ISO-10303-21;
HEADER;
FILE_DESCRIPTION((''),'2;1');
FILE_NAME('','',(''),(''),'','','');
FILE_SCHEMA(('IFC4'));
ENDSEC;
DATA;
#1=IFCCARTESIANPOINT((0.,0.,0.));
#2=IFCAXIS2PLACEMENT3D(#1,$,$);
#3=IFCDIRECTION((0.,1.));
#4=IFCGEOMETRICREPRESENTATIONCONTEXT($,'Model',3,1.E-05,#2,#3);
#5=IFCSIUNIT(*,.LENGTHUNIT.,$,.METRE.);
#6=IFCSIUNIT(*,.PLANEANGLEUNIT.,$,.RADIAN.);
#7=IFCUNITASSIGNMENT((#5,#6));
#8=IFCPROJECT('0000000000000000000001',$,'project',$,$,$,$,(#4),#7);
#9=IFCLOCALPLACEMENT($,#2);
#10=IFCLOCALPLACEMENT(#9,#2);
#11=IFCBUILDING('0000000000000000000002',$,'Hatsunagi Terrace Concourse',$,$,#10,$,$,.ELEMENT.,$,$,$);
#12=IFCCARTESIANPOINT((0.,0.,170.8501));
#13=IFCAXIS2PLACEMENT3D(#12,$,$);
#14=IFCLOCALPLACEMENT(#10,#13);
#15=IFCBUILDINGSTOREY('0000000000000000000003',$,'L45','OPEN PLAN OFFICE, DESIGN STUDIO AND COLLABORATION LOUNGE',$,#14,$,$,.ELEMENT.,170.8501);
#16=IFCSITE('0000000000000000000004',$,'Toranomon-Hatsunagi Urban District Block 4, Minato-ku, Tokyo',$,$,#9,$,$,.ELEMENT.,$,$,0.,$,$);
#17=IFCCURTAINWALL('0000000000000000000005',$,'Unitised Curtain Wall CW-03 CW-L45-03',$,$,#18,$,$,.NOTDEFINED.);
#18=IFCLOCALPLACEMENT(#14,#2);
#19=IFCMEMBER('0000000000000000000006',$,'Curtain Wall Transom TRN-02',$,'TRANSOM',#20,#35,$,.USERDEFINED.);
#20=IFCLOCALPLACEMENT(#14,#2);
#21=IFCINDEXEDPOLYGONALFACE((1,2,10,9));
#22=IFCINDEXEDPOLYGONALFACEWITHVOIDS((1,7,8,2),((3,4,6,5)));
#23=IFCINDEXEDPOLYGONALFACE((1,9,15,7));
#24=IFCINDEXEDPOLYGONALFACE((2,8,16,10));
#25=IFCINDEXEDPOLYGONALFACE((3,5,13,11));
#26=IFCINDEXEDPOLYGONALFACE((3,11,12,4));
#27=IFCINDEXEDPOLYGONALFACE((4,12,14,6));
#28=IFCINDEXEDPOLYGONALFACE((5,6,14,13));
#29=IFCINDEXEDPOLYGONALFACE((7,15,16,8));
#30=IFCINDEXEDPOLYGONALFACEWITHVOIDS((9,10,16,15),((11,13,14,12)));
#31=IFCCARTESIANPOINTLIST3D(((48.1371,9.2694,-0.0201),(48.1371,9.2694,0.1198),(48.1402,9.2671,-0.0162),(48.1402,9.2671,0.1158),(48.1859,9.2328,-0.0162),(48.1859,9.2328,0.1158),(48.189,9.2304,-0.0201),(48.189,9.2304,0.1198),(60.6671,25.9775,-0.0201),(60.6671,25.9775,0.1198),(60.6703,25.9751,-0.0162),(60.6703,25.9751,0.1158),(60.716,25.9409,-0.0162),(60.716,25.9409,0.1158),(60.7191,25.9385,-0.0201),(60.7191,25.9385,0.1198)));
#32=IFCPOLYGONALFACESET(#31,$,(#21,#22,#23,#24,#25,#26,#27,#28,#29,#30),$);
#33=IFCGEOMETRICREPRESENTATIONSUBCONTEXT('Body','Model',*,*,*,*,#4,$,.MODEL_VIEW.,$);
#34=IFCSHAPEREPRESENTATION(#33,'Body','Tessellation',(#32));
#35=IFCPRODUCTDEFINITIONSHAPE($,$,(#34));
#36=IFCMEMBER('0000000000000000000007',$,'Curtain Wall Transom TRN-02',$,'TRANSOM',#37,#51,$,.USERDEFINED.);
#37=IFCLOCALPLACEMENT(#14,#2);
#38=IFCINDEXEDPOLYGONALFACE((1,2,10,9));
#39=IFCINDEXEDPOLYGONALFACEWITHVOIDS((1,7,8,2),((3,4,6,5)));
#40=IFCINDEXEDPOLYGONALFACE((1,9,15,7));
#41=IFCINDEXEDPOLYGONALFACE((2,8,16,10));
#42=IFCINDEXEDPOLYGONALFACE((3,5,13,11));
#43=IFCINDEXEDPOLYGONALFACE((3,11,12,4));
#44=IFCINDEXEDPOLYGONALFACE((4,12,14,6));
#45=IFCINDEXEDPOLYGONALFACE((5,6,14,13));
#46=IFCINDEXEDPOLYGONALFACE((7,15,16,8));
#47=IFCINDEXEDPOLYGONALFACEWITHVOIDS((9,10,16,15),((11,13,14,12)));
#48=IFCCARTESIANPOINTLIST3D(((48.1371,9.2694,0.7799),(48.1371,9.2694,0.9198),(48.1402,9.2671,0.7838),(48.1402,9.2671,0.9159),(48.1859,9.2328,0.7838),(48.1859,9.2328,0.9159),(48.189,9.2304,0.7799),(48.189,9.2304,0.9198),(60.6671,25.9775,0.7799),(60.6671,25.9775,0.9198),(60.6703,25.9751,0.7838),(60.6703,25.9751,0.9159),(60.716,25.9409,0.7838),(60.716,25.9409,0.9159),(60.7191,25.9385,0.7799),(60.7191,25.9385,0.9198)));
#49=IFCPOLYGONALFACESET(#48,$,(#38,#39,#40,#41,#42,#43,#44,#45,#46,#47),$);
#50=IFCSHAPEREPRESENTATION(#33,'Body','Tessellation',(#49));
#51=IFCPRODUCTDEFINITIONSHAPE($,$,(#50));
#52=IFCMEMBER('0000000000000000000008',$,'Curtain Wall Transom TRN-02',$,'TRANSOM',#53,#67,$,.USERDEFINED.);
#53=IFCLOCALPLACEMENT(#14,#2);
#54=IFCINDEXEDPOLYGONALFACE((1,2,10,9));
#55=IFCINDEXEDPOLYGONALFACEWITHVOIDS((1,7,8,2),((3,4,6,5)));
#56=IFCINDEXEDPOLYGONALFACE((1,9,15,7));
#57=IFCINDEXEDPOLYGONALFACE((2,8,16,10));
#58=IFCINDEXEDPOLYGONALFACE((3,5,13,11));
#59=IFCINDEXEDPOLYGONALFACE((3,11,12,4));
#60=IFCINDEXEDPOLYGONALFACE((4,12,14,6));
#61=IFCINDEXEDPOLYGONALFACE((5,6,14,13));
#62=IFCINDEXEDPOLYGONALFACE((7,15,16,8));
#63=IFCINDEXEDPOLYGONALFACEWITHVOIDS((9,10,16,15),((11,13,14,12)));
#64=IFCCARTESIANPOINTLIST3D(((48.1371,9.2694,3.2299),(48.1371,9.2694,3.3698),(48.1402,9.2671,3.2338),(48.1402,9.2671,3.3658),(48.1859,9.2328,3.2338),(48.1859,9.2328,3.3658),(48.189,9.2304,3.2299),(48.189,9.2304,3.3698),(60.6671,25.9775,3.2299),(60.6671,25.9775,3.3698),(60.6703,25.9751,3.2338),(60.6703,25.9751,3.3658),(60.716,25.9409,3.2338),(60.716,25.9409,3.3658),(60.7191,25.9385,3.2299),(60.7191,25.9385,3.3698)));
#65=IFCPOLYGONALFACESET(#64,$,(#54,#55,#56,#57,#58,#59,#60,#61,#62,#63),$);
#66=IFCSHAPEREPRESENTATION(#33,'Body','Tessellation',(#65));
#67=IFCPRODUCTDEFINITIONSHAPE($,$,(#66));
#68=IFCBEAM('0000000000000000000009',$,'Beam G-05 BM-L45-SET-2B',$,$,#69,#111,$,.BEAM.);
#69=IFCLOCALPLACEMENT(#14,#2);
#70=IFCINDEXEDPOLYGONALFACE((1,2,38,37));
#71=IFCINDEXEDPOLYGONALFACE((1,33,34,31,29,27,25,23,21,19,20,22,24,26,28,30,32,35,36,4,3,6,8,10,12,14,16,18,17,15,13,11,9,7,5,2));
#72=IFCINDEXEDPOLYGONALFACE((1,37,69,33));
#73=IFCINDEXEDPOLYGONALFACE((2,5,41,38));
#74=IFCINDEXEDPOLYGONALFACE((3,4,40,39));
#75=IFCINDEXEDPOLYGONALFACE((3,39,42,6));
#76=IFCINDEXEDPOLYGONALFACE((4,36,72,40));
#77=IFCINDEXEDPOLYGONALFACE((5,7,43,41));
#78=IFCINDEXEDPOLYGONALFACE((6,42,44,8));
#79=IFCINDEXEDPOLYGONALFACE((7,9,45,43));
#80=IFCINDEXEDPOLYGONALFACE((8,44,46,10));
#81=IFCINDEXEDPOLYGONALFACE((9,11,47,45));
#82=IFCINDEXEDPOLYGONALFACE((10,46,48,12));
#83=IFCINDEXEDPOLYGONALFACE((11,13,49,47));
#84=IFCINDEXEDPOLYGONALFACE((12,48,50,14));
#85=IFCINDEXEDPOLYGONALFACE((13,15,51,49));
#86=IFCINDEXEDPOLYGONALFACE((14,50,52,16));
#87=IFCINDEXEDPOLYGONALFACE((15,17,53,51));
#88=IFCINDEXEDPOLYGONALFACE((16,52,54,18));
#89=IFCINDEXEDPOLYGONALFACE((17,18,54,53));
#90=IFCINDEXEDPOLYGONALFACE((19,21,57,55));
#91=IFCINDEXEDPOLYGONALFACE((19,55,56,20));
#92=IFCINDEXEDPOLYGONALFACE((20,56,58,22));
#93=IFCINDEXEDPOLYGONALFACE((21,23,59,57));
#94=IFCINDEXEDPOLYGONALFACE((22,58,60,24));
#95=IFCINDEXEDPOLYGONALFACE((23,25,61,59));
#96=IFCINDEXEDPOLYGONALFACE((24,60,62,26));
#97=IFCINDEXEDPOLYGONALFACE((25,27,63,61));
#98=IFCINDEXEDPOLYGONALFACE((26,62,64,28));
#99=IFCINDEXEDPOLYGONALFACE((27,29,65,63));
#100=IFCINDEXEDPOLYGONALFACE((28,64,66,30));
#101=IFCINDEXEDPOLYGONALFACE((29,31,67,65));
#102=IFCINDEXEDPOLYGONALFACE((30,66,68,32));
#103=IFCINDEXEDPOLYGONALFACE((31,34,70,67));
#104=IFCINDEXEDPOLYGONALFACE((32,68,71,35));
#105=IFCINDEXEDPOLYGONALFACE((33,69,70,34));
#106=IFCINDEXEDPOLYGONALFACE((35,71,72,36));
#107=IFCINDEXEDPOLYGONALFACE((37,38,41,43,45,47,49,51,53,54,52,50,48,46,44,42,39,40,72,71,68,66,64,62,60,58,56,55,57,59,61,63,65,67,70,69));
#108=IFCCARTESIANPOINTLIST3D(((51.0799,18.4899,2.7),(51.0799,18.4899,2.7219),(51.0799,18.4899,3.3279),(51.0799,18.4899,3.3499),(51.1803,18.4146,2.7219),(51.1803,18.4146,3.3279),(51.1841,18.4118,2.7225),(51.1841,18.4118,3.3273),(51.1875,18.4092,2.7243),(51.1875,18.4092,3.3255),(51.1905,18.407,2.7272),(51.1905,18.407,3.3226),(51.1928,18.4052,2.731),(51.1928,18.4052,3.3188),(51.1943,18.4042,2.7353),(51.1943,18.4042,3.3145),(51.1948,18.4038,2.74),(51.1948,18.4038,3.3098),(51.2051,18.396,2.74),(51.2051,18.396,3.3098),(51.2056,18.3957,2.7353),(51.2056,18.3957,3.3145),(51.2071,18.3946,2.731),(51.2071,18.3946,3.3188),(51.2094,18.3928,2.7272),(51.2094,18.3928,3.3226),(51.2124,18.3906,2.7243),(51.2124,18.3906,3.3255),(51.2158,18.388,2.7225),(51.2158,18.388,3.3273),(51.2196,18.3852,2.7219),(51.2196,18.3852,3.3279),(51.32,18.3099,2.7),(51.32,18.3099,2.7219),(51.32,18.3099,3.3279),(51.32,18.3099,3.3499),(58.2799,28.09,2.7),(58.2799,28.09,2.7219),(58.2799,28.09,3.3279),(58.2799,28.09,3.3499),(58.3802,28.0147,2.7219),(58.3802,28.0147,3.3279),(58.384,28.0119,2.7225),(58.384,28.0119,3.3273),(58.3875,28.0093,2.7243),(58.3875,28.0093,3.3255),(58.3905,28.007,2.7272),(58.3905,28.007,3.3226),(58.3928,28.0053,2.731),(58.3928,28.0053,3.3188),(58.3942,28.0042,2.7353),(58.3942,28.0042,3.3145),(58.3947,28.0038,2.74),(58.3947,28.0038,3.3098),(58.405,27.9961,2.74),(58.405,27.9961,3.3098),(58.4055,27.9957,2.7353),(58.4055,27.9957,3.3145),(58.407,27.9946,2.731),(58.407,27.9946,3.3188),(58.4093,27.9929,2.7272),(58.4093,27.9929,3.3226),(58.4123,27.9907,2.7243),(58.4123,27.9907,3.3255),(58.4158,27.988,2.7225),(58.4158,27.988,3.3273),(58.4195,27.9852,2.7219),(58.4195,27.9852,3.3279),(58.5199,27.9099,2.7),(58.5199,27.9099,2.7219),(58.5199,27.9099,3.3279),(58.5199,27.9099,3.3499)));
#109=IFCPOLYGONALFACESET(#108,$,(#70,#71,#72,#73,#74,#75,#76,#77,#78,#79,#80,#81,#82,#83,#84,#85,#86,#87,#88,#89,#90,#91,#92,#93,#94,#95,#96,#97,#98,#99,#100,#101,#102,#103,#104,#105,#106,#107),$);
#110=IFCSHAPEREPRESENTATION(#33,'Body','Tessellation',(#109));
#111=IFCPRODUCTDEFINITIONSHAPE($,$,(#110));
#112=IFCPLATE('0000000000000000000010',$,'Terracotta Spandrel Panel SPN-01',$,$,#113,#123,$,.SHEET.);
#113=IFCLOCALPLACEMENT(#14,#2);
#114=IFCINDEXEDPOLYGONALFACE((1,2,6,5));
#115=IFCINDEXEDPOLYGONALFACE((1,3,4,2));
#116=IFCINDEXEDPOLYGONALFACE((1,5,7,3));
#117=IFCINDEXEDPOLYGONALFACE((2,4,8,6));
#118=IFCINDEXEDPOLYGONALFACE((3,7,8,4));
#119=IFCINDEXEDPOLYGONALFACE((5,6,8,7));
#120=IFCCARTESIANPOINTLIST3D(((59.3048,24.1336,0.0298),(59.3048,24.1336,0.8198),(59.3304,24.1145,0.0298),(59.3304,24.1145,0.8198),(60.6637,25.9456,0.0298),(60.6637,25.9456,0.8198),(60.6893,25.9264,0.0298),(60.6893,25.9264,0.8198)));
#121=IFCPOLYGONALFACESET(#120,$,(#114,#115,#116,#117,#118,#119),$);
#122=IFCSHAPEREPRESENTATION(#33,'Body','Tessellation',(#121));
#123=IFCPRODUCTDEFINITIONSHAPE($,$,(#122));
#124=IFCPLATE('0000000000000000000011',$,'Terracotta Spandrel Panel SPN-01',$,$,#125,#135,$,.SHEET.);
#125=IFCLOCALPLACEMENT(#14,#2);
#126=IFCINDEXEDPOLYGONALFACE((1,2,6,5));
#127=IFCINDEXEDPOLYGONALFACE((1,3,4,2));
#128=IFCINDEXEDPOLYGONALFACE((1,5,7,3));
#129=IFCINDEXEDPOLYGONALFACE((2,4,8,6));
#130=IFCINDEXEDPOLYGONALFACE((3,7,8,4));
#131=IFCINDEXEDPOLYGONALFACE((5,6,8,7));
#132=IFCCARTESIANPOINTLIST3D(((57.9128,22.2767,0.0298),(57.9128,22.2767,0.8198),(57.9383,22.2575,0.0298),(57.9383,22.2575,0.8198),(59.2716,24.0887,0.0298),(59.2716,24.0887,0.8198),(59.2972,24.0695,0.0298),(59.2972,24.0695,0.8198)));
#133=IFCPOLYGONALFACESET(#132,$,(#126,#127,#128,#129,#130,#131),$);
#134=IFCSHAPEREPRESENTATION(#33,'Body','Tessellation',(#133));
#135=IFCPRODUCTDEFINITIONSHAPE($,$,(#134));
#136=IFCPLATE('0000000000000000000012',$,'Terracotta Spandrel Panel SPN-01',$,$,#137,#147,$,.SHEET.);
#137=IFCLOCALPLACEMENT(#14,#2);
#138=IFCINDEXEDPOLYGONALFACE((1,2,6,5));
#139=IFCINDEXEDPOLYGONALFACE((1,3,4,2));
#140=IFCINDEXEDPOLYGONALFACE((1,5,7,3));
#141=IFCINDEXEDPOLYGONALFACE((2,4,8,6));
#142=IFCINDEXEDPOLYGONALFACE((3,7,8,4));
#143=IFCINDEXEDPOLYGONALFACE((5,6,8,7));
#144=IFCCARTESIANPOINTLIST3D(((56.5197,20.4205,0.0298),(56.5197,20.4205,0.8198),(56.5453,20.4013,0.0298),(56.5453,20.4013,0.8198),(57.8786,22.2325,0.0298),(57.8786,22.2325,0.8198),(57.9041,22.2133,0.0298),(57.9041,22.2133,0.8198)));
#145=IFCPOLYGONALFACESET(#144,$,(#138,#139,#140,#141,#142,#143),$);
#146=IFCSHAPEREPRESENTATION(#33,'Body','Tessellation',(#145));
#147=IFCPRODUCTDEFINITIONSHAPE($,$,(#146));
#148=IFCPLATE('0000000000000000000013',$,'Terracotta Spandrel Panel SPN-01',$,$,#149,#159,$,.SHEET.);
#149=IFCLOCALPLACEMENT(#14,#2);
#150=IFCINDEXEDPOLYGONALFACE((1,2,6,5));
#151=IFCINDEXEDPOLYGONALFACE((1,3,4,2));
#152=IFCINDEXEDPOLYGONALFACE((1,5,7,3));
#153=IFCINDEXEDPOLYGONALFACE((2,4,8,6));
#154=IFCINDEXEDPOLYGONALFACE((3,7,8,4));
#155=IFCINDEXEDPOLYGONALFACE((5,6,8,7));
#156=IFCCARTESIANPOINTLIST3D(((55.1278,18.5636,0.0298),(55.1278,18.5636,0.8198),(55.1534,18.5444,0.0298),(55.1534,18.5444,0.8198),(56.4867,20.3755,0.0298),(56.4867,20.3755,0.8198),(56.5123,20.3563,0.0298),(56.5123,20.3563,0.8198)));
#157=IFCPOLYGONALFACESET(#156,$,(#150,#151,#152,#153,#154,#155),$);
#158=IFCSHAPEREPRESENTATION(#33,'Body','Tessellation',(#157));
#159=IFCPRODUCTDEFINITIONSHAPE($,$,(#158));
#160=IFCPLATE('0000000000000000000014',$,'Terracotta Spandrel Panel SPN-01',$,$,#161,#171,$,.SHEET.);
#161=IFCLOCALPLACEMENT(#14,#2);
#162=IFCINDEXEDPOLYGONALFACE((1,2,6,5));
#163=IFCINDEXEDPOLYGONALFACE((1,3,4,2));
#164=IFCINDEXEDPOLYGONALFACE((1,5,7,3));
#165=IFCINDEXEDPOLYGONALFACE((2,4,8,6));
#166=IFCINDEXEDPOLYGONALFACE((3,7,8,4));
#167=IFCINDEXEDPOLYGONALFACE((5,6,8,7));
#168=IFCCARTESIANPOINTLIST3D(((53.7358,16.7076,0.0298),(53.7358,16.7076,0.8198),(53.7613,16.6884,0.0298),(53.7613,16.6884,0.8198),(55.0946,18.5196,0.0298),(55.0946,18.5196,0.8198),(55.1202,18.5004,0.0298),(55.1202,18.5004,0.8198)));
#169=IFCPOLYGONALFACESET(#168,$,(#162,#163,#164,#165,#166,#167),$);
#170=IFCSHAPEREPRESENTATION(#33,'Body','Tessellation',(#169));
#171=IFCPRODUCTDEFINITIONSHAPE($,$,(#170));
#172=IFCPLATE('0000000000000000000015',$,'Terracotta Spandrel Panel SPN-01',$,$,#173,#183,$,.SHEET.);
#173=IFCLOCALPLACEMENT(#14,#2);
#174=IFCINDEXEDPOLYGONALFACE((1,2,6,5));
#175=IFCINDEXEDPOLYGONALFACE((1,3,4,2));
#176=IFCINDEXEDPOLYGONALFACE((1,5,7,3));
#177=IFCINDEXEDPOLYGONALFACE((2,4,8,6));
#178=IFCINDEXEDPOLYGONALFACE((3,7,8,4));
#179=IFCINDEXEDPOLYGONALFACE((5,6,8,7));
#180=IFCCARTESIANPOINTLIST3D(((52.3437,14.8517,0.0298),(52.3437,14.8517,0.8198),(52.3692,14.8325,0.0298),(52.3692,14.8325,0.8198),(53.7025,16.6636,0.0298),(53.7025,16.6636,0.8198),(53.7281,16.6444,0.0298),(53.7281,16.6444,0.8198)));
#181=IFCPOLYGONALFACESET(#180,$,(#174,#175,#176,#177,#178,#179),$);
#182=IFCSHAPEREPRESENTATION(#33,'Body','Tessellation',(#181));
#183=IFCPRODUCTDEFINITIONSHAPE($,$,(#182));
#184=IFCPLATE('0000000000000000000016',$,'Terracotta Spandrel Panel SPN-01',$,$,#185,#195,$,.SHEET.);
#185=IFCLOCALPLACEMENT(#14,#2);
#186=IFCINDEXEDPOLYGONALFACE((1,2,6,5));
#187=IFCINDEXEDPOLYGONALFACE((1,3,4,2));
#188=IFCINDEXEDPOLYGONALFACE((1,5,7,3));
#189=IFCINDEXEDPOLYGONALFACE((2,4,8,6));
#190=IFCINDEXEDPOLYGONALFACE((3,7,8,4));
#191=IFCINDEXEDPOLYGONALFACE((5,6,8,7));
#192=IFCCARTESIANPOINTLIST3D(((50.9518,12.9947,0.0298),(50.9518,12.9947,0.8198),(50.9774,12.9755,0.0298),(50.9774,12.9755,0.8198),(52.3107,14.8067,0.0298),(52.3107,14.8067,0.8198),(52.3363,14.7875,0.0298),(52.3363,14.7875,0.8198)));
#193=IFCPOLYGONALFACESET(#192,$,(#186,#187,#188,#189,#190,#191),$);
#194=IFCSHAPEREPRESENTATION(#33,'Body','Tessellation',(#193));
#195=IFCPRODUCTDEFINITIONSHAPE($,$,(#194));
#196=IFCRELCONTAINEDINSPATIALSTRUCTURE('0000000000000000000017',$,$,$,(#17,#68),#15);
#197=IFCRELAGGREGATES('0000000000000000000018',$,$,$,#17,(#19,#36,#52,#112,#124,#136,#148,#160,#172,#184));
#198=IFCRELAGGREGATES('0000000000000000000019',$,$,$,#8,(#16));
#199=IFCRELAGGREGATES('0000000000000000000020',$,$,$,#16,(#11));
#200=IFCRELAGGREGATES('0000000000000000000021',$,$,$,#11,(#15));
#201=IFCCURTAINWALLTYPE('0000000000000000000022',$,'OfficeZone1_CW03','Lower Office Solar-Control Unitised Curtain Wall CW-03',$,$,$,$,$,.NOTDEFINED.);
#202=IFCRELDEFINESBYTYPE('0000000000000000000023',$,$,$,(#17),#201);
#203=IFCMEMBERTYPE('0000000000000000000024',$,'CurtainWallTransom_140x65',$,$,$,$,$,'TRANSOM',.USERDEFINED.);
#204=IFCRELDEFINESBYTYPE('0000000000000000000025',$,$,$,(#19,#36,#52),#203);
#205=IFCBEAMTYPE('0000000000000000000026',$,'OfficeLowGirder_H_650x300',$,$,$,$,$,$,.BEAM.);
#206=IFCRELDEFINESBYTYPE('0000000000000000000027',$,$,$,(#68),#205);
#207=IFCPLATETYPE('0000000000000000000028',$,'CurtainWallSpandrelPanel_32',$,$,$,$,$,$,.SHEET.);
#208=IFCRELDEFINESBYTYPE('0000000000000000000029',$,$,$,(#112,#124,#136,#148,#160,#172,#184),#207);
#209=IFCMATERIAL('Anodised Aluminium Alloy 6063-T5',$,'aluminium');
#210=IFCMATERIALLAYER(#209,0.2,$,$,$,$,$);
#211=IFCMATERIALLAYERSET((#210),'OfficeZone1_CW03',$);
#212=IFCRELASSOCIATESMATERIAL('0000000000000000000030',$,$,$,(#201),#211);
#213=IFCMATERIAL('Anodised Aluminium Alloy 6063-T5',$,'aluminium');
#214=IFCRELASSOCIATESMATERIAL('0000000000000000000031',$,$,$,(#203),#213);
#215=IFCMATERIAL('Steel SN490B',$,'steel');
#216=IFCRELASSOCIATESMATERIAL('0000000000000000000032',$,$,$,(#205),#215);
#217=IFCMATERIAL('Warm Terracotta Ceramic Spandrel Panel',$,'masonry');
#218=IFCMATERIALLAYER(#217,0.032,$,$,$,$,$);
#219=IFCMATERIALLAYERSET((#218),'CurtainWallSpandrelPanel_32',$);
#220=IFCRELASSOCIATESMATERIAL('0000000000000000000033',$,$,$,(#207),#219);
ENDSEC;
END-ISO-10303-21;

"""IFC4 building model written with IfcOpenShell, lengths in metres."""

from ifc_helpers import new_model, si_unit, direction, frame, origin, origin_2d, place, context, subcontext, project, spatial, rectangle, hollow_rectangle, i_section, extrude, material, layer, layer_set, material_profile, profile_set, type_object, element, aggregate, save


model = new_model("IFC4")

# Units and contexts
model_context = context("Model", 3, precision=1e-05, world=origin(), true_north=direction((0.0, 1.0)))
body_context = subcontext(model_context, "Body", "Model", "MODEL_VIEW")
ifc_project = project(units=[si_unit("LENGTHUNIT", "METRE"), si_unit("PLANEANGLEUNIT", "RADIAN")], contexts=[model_context])

# Site, building, storey
site_placement = place(None, origin())
site = spatial("IfcSite", under=ifc_project, at=site_placement, Name="Toranomon-Hatsunagi Urban District Block 4, Minato-ku, Tokyo", CompositionType="ELEMENT", RefElevation=0.0)
building_placement = place(site_placement, origin())
building = spatial("IfcBuilding", under=site, at=building_placement, Name="Hatsunagi Terrace Concourse", CompositionType="ELEMENT")
storey_placement = place(building_placement, frame((0.0, 0.0, 170.8501)))
storey = spatial("IfcBuildingStorey", under=building, at=storey_placement, Name="L45", Description="OPEN PLAN OFFICE, DESIGN STUDIO AND COLLABORATION LOUNGE", CompositionType="ELEMENT", Elevation=170.8501)

# Curtain wall, members
ifc_material_1 = material(Name="Anodised Aluminium Alloy 6063-T5", Category="aluminium")
ifc_layer_1 = layer(ifc_material_1, 0.2)
ifc_layer_set_1 = layer_set([ifc_layer_1], Name="OfficeZone1_CW03")
curtain_wall_type = type_object("IfcCurtainWallType", Name="OfficeZone1_CW03", Description="Lower Office Solar-Control Unitised Curtain Wall CW-03", PredefinedType="NOTDEFINED", material=ifc_layer_set_1)
curtain_wall_placement = place(storey_placement, origin())
curtain_wall = element("IfcCurtainWall", 1, at=curtain_wall_placement, inside=storey, type_object=curtain_wall_type, Name="Unitised Curtain Wall CW-03 CW-L45-03", PredefinedType="NOTDEFINED")
ifc_material_2 = material(Name="Anodised Aluminium Alloy 6063-T5", Category="aluminium")
ifc_material_profile_1 = material_profile(ifc_material_2, hollow_rectangle(XDim=0.0649, YDim=0.1399, WallThickness=0.0039, at=origin_2d()), Name="ALU-TRN-140x65x4")
ifc_profile_set_1 = profile_set([ifc_material_profile_1], Name="Anodised Aluminium Alloy 6063-T5")
member_type_1 = type_object("IfcMemberType", Name="CurtainWallTransom_140x65", ElementType="TRANSOM", PredefinedType="USERDEFINED", material=ifc_profile_set_1)
member_1_placement = place(storey_placement, frame((60.6931, 25.958, 0.0498), z_axis=(-0.59997, -0.800022, 0.0), x_axis=(0.800022, -0.59997, 0.0)))
member_1 = element("IfcMember", 2, at=member_1_placement, type_object=member_type_1, Name="Curtain Wall Transom TRN-02", ObjectType="TRANSOM", PredefinedType="USERDEFINED", context=body_context, shape_type="SweptSolid", body=[
    extrude(hollow_rectangle(XDim=0.0649, YDim=0.1399, WallThickness=0.0039, at=origin_2d()), origin(), (0.0, 0.0, 1.0), 20.8845),
])
member_2_placement = place(storey_placement, frame((60.6931, 25.958, 0.8499), z_axis=(-0.59997, -0.800022, 0.0), x_axis=(0.800022, -0.59997, 0.0)))
member_2 = element("IfcMember", 3, at=member_2_placement, type_object=member_type_1, Name="Curtain Wall Transom TRN-02", ObjectType="TRANSOM", PredefinedType="USERDEFINED", context=body_context, shape_type="SweptSolid", body=[
    extrude(hollow_rectangle(XDim=0.0649, YDim=0.1399, WallThickness=0.0039, at=origin_2d()), origin(), (0.0, 0.0, 1.0), 20.8845),
])
member_3_placement = place(storey_placement, frame((60.6931, 25.958, 3.2998), z_axis=(-0.59997, -0.800022, 0.0), x_axis=(0.800022, -0.59997, 0.0)))
member_3 = element("IfcMember", 4, at=member_3_placement, type_object=member_type_1, Name="Curtain Wall Transom TRN-02", ObjectType="TRANSOM", PredefinedType="USERDEFINED", context=body_context, shape_type="SweptSolid", body=[
    extrude(hollow_rectangle(XDim=0.0649, YDim=0.1399, WallThickness=0.0039, at=origin_2d()), origin(), (0.0, 0.0, 1.0), 20.8845),
])

# Beam
ifc_material_3 = material(Name="Steel SN490B", Category="steel")
ifc_material_profile_2 = material_profile(ifc_material_3, i_section(OverallWidth=0.3, OverallDepth=0.6499, WebThickness=0.0129, FlangeThickness=0.022, FilletRadius=0.0181, at=origin_2d()), Name="H-650x300x13x22")
ifc_profile_set_2 = profile_set([ifc_material_profile_2], Name="Steel SN490B")
beam_type = type_object("IfcBeamType", Name="OfficeLowGirder_H_650x300", PredefinedType="BEAM", material=ifc_profile_set_2)
beam_placement = place(storey_placement, frame((51.2, 18.3999, 3.0249), z_axis=(0.599993, 0.800005, 0.0), x_axis=(-0.800005, 0.599993, 0.0)))
element("IfcBeam", 5, at=beam_placement, inside=storey, type_object=beam_type, Name="Beam G-05 BM-L45-SET-2B", PredefinedType="BEAM", context=body_context, shape_type="SweptSolid", body=[
    extrude(i_section(OverallWidth=0.3, OverallDepth=0.6499, WebThickness=0.0129, FlangeThickness=0.022, FilletRadius=0.0181, at=origin_2d()), origin(), (0.0, 0.0, 1.0), 12.0),
])

# Plates
ifc_material_4 = material(Name="Warm Terracotta Ceramic Spandrel Panel", Category="masonry")
ifc_layer_2 = layer(ifc_material_4, 0.032)
ifc_layer_set_2 = layer_set([ifc_layer_2], Name="CurtainWallSpandrelPanel_32")
plate_type_1 = type_object("IfcPlateType", Name="CurtainWallSpandrelPanel_32", PredefinedType="SHEET", material=ifc_layer_set_2)
plate_1_placement = place(storey_placement, frame((59.9971, 25.03, 0.0298), z_axis=(0.0, 0.0, 1.0), x_axis=(-0.599969, -0.800023, 0.0)))
plate_1 = element("IfcPlate", 6, at=plate_1_placement, type_object=plate_type_1, Name="Terracotta Spandrel Panel SPN-01", PredefinedType="SHEET", context=body_context, shape_type="SweptSolid", body=[
    extrude(rectangle(XDim=2.2649, YDim=0.032, at=origin_2d()), origin(), (0.0, 0.0, 1.0), 0.79),
])
plate_2_placement = place(storey_placement, frame((58.605, 23.1731, 0.0298), z_axis=(0.0, 0.0, 1.0), x_axis=(-0.599969, -0.800023, 0.0)))
plate_2 = element("IfcPlate", 7, at=plate_2_placement, type_object=plate_type_1, Name="Terracotta Spandrel Panel SPN-01", PredefinedType="SHEET", context=body_context, shape_type="SweptSolid", body=[
    extrude(rectangle(XDim=2.2649, YDim=0.032, at=origin_2d()), origin(), (0.0, 0.0, 1.0), 0.79),
])
plate_3_placement = place(storey_placement, frame((57.2119, 21.3169, 0.0298), z_axis=(0.0, 0.0, 1.0), x_axis=(-0.599969, -0.800023, 0.0)))
plate_3 = element("IfcPlate", 8, at=plate_3_placement, type_object=plate_type_1, Name="Terracotta Spandrel Panel SPN-01", PredefinedType="SHEET", context=body_context, shape_type="SweptSolid", body=[
    extrude(rectangle(XDim=2.2649, YDim=0.032, at=origin_2d()), origin(), (0.0, 0.0, 1.0), 0.79),
])
plate_4_placement = place(storey_placement, frame((55.8201, 19.46, 0.0298), z_axis=(0.0, 0.0, 1.0), x_axis=(-0.599969, -0.800023, 0.0)))
plate_4 = element("IfcPlate", 9, at=plate_4_placement, type_object=plate_type_1, Name="Terracotta Spandrel Panel SPN-01", PredefinedType="SHEET", context=body_context, shape_type="SweptSolid", body=[
    extrude(rectangle(XDim=2.2649, YDim=0.032, at=origin_2d()), origin(), (0.0, 0.0, 1.0), 0.79),
])
plate_5_placement = place(storey_placement, frame((54.428, 17.604, 0.0298), z_axis=(0.0, 0.0, 1.0), x_axis=(-0.599969, -0.800023, 0.0)))
plate_5 = element("IfcPlate", 10, at=plate_5_placement, type_object=plate_type_1, Name="Terracotta Spandrel Panel SPN-01", PredefinedType="SHEET", context=body_context, shape_type="SweptSolid", body=[
    extrude(rectangle(XDim=2.2649, YDim=0.032, at=origin_2d()), origin(), (0.0, 0.0, 1.0), 0.79),
])
plate_6_placement = place(storey_placement, frame((53.0359, 15.748, 0.0298), z_axis=(0.0, 0.0, 1.0), x_axis=(-0.599969, -0.800023, 0.0)))
plate_6 = element("IfcPlate", 11, at=plate_6_placement, type_object=plate_type_1, Name="Terracotta Spandrel Panel SPN-01", PredefinedType="SHEET", context=body_context, shape_type="SweptSolid", body=[
    extrude(rectangle(XDim=2.2649, YDim=0.032, at=origin_2d()), origin(), (0.0, 0.0, 1.0), 0.79),
])
plate_7_placement = place(storey_placement, frame((51.644, 13.8911, 0.0298), z_axis=(0.0, 0.0, 1.0), x_axis=(-0.599969, -0.800023, 0.0)))
plate_7 = element("IfcPlate", 12, at=plate_7_placement, type_object=plate_type_1, Name="Terracotta Spandrel Panel SPN-01", PredefinedType="SHEET", context=body_context, shape_type="SweptSolid", body=[
    extrude(rectangle(XDim=2.2649, YDim=0.032, at=origin_2d()), origin(), (0.0, 0.0, 1.0), 0.79),
])
aggregate(curtain_wall, [member_1, member_2, member_3, plate_1, plate_2, plate_3, plate_4, plate_5, plate_6, plate_7])

save(model, "model.ifc")
